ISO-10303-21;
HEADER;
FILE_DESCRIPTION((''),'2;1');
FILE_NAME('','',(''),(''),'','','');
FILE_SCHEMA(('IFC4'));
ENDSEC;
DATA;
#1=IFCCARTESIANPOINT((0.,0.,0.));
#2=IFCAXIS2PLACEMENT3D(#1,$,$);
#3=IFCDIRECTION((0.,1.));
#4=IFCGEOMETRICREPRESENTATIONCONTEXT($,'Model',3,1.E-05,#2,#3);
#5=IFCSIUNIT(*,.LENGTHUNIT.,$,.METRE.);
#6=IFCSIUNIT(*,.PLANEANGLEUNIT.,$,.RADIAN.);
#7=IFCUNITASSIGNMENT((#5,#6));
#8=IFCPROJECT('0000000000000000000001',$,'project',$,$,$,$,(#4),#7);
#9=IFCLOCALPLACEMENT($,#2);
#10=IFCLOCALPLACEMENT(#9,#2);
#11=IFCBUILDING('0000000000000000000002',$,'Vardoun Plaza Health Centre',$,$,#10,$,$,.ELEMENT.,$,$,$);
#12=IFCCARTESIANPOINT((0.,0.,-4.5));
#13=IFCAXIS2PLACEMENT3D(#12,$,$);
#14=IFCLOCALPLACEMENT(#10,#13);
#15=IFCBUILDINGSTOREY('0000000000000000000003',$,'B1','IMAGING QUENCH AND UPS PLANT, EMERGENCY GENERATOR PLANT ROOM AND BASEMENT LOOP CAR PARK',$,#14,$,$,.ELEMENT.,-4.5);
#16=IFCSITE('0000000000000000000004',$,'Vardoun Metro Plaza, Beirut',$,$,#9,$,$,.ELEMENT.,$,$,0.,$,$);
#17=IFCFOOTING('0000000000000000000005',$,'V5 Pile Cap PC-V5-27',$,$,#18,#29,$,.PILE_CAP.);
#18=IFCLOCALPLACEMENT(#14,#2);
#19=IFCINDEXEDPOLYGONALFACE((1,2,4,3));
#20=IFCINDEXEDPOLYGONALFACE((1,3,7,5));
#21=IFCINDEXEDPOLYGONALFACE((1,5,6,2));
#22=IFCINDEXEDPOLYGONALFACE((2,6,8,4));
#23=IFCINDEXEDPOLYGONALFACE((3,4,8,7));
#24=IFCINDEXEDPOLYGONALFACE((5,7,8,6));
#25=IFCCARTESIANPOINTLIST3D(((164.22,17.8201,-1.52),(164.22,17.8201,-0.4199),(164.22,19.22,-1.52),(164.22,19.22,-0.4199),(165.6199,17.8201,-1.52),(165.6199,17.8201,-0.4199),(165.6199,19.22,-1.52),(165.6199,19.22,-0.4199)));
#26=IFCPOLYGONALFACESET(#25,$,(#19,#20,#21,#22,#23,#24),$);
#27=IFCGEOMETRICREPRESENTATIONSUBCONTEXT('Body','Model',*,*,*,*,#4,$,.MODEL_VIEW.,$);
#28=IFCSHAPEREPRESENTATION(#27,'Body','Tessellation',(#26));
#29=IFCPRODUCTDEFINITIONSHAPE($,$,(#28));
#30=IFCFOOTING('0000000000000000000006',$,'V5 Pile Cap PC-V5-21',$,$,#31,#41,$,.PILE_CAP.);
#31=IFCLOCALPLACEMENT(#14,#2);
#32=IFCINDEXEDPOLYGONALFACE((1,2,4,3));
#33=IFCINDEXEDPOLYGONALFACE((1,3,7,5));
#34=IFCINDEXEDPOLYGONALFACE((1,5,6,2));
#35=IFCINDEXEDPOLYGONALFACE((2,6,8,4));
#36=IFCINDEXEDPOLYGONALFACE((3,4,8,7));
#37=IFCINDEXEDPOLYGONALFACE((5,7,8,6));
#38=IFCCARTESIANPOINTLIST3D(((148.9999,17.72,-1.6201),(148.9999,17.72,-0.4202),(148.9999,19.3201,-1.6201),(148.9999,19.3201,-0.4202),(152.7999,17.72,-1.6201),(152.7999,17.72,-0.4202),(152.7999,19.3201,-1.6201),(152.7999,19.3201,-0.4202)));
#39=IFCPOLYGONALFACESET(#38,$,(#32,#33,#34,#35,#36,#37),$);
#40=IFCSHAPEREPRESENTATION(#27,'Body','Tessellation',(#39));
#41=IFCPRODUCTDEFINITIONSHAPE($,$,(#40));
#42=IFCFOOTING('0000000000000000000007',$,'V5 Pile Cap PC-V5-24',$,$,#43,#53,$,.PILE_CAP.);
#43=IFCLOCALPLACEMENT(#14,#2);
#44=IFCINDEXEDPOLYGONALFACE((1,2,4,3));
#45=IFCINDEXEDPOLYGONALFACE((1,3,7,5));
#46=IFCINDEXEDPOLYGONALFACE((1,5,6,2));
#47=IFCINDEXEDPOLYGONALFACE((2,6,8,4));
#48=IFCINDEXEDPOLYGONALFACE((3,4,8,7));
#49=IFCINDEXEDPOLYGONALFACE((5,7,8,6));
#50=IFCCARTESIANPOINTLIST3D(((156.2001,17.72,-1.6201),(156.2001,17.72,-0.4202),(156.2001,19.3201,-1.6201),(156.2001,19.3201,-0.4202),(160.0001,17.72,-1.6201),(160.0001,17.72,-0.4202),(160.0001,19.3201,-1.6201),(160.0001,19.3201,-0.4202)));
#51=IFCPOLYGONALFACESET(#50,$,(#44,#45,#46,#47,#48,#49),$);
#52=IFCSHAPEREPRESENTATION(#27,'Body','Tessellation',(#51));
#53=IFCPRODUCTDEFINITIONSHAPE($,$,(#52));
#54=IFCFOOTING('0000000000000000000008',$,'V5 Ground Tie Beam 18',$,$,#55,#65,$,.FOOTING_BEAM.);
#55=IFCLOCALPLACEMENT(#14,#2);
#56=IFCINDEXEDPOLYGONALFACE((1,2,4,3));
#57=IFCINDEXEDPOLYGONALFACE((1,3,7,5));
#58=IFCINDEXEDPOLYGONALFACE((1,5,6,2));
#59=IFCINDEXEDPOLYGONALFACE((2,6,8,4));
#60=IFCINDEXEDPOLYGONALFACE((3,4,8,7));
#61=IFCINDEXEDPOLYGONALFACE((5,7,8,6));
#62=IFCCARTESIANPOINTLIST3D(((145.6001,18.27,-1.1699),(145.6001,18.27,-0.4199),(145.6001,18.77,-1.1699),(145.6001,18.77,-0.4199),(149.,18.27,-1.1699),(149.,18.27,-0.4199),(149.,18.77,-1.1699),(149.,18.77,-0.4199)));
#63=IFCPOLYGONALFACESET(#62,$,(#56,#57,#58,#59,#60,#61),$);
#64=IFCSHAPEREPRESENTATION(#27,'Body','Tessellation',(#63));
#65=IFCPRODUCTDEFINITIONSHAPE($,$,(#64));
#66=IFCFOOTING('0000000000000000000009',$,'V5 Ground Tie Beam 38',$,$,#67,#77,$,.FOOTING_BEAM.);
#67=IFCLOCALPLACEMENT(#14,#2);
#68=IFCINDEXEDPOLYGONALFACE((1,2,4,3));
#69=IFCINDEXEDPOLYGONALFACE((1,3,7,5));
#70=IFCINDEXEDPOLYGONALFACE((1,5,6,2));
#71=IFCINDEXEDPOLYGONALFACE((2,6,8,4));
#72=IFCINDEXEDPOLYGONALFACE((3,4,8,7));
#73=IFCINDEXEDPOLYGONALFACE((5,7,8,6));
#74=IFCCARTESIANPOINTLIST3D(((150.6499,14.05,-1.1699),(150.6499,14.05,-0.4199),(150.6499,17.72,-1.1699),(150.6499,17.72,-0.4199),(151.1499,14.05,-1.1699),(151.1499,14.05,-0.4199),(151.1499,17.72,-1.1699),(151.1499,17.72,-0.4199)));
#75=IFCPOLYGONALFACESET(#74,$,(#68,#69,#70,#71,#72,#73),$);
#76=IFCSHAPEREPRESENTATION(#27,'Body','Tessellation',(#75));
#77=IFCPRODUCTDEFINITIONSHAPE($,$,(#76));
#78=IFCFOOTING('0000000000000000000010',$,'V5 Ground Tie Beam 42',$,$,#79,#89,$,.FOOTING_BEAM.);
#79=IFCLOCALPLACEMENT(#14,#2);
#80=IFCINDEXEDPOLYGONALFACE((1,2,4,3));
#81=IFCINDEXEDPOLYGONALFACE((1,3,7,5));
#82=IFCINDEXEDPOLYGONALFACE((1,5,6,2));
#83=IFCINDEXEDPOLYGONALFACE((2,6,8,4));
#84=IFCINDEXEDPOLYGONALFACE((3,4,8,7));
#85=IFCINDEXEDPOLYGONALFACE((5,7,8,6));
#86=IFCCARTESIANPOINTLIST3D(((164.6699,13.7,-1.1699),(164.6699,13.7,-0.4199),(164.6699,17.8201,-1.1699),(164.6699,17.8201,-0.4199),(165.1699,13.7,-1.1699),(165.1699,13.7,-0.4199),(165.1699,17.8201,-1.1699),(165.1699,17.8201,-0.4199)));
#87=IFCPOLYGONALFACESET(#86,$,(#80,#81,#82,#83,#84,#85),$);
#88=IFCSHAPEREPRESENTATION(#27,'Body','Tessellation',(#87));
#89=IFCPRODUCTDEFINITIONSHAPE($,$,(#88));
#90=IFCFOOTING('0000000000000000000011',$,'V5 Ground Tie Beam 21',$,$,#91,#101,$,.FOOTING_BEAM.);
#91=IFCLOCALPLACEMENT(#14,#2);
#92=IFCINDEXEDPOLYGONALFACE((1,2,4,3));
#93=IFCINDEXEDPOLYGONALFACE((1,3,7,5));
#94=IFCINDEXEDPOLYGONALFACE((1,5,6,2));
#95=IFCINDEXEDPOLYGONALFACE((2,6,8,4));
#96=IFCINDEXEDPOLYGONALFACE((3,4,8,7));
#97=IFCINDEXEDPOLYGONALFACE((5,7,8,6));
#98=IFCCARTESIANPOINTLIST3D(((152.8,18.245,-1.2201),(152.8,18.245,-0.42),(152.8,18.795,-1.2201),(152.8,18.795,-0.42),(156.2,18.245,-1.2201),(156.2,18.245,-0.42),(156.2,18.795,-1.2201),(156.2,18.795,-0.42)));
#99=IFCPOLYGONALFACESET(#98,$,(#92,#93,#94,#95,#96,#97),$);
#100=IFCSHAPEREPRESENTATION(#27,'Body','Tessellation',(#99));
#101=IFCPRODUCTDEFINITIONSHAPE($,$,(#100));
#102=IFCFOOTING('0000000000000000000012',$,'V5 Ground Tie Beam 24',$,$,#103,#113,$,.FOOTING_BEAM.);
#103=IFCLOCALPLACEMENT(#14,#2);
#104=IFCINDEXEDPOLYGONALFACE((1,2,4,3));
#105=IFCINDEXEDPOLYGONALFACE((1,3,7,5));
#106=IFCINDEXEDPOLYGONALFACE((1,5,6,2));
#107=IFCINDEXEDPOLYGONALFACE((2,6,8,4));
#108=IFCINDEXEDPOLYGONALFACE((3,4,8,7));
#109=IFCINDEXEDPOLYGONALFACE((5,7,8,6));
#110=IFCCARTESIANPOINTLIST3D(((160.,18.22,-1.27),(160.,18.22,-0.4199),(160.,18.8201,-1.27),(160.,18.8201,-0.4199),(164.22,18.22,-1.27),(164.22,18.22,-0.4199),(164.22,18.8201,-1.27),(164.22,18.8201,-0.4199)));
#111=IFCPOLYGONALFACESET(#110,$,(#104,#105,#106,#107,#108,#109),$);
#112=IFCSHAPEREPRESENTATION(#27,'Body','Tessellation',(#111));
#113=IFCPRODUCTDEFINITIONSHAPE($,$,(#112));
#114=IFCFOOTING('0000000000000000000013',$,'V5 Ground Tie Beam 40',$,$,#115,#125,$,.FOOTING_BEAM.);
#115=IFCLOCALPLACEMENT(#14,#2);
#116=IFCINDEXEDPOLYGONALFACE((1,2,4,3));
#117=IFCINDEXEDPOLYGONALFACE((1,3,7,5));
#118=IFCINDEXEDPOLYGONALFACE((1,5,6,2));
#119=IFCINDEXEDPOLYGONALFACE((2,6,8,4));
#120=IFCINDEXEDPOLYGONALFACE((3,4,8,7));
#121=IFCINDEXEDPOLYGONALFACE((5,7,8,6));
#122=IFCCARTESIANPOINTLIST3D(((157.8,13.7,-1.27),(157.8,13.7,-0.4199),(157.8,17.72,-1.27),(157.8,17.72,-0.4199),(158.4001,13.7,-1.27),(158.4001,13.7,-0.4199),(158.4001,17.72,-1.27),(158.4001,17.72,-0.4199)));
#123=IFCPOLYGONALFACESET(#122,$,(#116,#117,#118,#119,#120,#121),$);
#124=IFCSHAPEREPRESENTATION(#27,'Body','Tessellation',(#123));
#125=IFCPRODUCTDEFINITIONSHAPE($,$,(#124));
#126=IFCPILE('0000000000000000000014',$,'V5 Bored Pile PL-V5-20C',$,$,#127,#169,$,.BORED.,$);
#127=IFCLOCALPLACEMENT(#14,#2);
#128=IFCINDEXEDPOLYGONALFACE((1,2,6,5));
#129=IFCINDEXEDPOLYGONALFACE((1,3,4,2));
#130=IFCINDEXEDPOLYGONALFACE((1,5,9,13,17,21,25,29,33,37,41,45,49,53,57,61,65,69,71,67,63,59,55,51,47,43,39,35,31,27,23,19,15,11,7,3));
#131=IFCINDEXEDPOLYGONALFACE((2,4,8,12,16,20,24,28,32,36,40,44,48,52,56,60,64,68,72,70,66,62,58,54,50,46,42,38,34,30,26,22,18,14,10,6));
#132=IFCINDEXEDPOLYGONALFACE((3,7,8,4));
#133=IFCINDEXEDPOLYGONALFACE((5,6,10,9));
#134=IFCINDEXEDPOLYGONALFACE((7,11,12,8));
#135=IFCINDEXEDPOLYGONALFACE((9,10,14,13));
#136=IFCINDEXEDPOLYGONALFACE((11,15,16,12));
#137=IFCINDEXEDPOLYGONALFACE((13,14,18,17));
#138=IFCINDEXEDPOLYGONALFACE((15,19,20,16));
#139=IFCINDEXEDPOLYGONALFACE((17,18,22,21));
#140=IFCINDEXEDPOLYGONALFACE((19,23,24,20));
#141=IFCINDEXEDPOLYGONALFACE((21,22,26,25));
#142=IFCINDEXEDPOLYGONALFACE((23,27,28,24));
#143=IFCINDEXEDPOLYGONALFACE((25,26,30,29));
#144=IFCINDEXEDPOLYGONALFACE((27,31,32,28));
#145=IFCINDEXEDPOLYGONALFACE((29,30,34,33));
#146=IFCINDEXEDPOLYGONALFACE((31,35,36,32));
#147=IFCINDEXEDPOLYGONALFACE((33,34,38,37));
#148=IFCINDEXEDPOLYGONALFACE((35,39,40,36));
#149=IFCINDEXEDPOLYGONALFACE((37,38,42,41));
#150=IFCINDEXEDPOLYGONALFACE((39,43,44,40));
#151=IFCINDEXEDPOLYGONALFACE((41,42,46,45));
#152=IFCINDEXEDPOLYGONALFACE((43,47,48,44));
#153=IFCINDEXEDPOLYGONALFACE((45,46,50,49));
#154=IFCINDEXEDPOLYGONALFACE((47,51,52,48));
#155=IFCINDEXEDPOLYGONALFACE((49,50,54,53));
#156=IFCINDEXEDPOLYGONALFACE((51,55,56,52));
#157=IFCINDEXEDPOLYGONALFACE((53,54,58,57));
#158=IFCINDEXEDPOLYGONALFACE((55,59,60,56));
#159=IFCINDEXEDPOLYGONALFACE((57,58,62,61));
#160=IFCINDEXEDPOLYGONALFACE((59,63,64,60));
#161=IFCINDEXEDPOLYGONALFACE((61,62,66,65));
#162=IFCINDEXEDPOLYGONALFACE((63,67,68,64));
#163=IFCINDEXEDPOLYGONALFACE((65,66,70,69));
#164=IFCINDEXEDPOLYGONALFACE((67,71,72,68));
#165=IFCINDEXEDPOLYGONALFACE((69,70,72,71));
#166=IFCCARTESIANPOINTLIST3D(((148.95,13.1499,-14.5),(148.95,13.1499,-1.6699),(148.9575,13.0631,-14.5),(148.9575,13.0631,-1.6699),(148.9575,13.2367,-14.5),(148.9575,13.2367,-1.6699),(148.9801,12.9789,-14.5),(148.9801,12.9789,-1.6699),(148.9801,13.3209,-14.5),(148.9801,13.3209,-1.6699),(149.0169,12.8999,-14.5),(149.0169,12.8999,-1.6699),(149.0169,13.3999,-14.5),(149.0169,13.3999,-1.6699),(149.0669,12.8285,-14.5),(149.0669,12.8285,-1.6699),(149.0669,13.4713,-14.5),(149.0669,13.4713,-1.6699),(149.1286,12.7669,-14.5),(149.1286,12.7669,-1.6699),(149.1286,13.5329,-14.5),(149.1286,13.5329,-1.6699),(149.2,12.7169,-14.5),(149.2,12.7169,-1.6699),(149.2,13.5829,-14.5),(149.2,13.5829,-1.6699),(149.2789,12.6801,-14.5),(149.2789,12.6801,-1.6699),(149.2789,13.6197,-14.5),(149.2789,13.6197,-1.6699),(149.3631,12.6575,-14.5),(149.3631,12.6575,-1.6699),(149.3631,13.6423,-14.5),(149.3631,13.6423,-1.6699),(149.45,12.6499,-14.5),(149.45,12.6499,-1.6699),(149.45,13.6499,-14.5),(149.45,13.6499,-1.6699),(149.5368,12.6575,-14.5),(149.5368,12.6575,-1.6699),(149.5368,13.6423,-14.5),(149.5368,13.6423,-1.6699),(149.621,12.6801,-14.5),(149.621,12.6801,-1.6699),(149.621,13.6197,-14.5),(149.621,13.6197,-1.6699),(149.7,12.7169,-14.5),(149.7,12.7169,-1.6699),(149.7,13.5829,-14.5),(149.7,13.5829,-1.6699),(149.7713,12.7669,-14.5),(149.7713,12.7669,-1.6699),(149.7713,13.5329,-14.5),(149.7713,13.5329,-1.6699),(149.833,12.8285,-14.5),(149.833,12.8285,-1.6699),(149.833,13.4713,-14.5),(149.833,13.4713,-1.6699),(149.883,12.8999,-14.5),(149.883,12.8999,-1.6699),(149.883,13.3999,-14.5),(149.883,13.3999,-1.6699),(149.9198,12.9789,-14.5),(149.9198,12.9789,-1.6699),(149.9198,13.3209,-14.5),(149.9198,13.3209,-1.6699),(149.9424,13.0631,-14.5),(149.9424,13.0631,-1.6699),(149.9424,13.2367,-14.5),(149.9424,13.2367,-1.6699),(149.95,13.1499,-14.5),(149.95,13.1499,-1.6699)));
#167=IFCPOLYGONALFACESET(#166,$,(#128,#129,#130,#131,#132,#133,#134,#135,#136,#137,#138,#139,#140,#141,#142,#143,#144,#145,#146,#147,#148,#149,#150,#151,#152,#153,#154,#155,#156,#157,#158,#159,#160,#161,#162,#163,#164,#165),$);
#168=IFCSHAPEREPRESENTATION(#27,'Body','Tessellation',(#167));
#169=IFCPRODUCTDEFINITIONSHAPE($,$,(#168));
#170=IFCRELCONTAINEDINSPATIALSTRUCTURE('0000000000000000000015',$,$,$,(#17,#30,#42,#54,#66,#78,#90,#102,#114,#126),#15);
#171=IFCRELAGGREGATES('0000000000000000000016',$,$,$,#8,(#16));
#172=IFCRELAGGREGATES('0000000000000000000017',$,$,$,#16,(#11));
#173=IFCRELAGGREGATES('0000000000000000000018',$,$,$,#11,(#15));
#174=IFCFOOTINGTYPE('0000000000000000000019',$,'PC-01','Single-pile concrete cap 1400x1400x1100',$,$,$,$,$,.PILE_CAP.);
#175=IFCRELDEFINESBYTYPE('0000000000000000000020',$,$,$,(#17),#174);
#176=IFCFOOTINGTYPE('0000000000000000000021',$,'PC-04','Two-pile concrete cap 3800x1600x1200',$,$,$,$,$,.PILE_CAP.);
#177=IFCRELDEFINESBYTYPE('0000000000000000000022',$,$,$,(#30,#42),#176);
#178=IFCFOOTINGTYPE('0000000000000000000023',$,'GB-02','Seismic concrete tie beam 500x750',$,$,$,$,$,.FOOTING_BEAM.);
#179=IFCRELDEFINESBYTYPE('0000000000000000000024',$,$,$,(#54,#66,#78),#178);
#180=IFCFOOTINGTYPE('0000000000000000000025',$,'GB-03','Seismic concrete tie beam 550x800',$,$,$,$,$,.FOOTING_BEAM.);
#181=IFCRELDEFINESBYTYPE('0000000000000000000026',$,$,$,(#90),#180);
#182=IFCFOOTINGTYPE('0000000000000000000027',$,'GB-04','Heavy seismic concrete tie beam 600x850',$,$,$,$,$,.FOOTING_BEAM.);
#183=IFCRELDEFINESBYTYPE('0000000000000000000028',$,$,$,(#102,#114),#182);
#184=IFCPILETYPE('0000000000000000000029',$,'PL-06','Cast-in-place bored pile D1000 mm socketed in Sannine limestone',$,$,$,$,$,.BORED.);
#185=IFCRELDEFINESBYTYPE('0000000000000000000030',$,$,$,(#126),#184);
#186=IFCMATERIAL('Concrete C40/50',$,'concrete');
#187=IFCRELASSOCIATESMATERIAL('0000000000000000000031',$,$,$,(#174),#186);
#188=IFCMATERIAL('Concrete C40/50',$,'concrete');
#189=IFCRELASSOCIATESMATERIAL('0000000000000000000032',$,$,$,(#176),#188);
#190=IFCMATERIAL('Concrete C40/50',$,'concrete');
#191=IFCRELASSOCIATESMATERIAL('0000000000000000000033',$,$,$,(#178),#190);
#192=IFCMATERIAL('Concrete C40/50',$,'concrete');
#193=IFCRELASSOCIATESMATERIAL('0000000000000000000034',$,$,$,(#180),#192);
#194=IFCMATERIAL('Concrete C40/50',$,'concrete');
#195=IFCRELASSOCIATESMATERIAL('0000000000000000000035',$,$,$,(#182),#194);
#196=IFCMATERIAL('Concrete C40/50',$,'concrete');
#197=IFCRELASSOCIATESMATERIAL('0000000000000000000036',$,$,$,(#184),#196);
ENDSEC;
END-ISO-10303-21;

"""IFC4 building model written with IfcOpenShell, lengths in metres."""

from ifc_helpers import new_model, si_unit, direction, frame, origin, origin_2d, place, context, subcontext, project, spatial, rectangle, circle, extrude, material, material_profile, profile_set, type_object, element, save


model = new_model("IFC4")

# Units and contexts
model_context = context("Model", 3, precision=1e-05, world=origin(), true_north=direction((0.0, 1.0)))
body_context = subcontext(model_context, "Body", "Model", "MODEL_VIEW")
ifc_project = project(units=[si_unit("LENGTHUNIT", "METRE"), si_unit("PLANEANGLEUNIT", "RADIAN")], contexts=[model_context])

# Site, building, storey
site_placement = place(None, origin())
site = spatial("IfcSite", under=ifc_project, at=site_placement, Name="Vardoun Metro Plaza, Beirut", CompositionType="ELEMENT", RefElevation=0.0)
building_placement = place(site_placement, origin())
building = spatial("IfcBuilding", under=site, at=building_placement, Name="Vardoun Plaza Health Centre", CompositionType="ELEMENT")
storey_placement = place(building_placement, frame((0.0, 0.0, -4.5)))
storey = spatial("IfcBuildingStorey", under=building, at=storey_placement, Name="B1", Description="IMAGING QUENCH AND UPS PLANT, EMERGENCY GENERATOR PLANT ROOM AND BASEMENT LOOP CAR PARK", CompositionType="ELEMENT", Elevation=-4.5)

# Footings
ifc_material_1 = material(Name="Concrete C40/50", Category="concrete")
footing_type_1 = type_object("IfcFootingType", Name="PC-01", Description="Single-pile concrete cap 1400x1400x1100", PredefinedType="PILE_CAP", material=ifc_material_1)
footing_1_placement = place(storey_placement, frame((164.9199, 18.52, -1.52), z_axis=(0.0, 0.0, 1.0), x_axis=(1.0, 0.0, 0.0)))
element("IfcFooting", 1, at=footing_1_placement, inside=storey, type_object=footing_type_1, Name="V5 Pile Cap PC-V5-27", PredefinedType="PILE_CAP", context=body_context, shape_type="SweptSolid", body=[
    extrude(rectangle(XDim=1.3999, YDim=1.3999, at=origin_2d()), origin(), (0.0, 0.0, 1.0), 1.1001),
])
ifc_material_2 = material(Name="Concrete C40/50", Category="concrete")
footing_type_2 = type_object("IfcFootingType", Name="PC-04", Description="Two-pile concrete cap 3800x1600x1200", PredefinedType="PILE_CAP", material=ifc_material_2)
for number, where, z_axis, x_axis, name in (
    (2, (150.8999, 18.52, -1.6201), (0.0, 0.0, 1.0), (1.0, 0.0, 0.0), "V5 Pile Cap PC-V5-21"),
    (3, (158.1001, 18.52, -1.6201), (0.0, 0.0, 1.0), (1.0, 0.0, 0.0), "V5 Pile Cap PC-V5-24"),
):
    element("IfcFooting", number, at=place(storey_placement, frame(where, z_axis=z_axis, x_axis=x_axis)), inside=storey, type_object=footing_type_2, Name=name, PredefinedType="PILE_CAP", context=body_context, shape_type="SweptSolid", body=[
        extrude(rectangle(XDim=3.8, YDim=1.6001, at=origin_2d()), origin(), (0.0, 0.0, 1.0), 1.2),
    ])
ifc_material_3 = material(Name="Concrete C40/50", Category="concrete")
ifc_material_profile_1 = material_profile(ifc_material_3, rectangle(XDim=0.5, YDim=0.75, at=origin_2d()), Name="GB 500x750")
ifc_profile_set_1 = profile_set([ifc_material_profile_1], Name="Concrete C40/50")
footing_type_3 = type_object("IfcFootingType", Name="GB-02", Description="Seismic concrete tie beam 500x750", PredefinedType="FOOTING_BEAM", material=ifc_profile_set_1)
footing_2_placement = place(storey_placement, frame((145.6001, 18.52, -0.7949), z_axis=(1.0, 0.0, 0.0), x_axis=(0.0, 1.0, 0.0)))
element("IfcFooting", 4, at=footing_2_placement, inside=storey, type_object=footing_type_3, Name="V5 Ground Tie Beam 18", PredefinedType="FOOTING_BEAM", context=body_context, shape_type="SweptSolid", body=[
    extrude(rectangle(XDim=0.5, YDim=0.75, at=origin_2d()), origin(), (0.0, 0.0, 1.0), 3.3999),
])
footing_3_placement = place(storey_placement, frame((150.8999, 14.05, -0.7949), z_axis=(0.0, 1.0, 0.0), x_axis=(-1.0, 0.0, 0.0)))
element("IfcFooting", 5, at=footing_3_placement, inside=storey, type_object=footing_type_3, Name="V5 Ground Tie Beam 38", PredefinedType="FOOTING_BEAM", context=body_context, shape_type="SweptSolid", body=[
    extrude(rectangle(XDim=0.5, YDim=0.75, at=origin_2d()), origin(), (0.0, 0.0, 1.0), 3.6699),
])
footing_4_placement = place(storey_placement, frame((164.9199, 13.7, -0.7949), z_axis=(0.0, 1.0, 0.0), x_axis=(-1.0, 0.0, 0.0)))
element("IfcFooting", 6, at=footing_4_placement, inside=storey, type_object=footing_type_3, Name="V5 Ground Tie Beam 42", PredefinedType="FOOTING_BEAM", context=body_context, shape_type="SweptSolid", body=[
    extrude(rectangle(XDim=0.5, YDim=0.75, at=origin_2d()), origin(), (0.0, 0.0, 1.0), 4.1201),
])
ifc_material_4 = material(Name="Concrete C40/50", Category="concrete")
ifc_material_profile_2 = material_profile(ifc_material_4, rectangle(XDim=0.55, YDim=0.8, at=origin_2d()), Name="GB 550x800")
ifc_profile_set_2 = profile_set([ifc_material_profile_2], Name="Concrete C40/50")
footing_type_4 = type_object("IfcFootingType", Name="GB-03", Description="Seismic concrete tie beam 550x800", PredefinedType="FOOTING_BEAM", material=ifc_profile_set_2)
footing_5_placement = place(storey_placement, frame((152.8, 18.52, -0.8201), z_axis=(1.0, 0.0, 0.0), x_axis=(0.0, 1.0, 0.0)))
element("IfcFooting", 7, at=footing_5_placement, inside=storey, type_object=footing_type_4, Name="V5 Ground Tie Beam 21", PredefinedType="FOOTING_BEAM", context=body_context, shape_type="SweptSolid", body=[
    extrude(rectangle(XDim=0.55, YDim=0.8, at=origin_2d()), origin(), (0.0, 0.0, 1.0), 3.3999),
])
ifc_material_5 = material(Name="Concrete C40/50", Category="concrete")
ifc_material_profile_3 = material_profile(ifc_material_5, rectangle(XDim=0.6001, YDim=0.8501, at=origin_2d()), Name="GB 600x850")
ifc_profile_set_3 = profile_set([ifc_material_profile_3], Name="Concrete C40/50")
footing_type_5 = type_object("IfcFootingType", Name="GB-04", Description="Heavy seismic concrete tie beam 600x850", PredefinedType="FOOTING_BEAM", material=ifc_profile_set_3)
footing_6_placement = place(storey_placement, frame((160.0, 18.52, -0.845), z_axis=(1.0, 0.0, 0.0), x_axis=(0.0, 1.0, 0.0)))
element("IfcFooting", 8, at=footing_6_placement, inside=storey, type_object=footing_type_5, Name="V5 Ground Tie Beam 24", PredefinedType="FOOTING_BEAM", context=body_context, shape_type="SweptSolid", body=[
    extrude(rectangle(XDim=0.6001, YDim=0.8501, at=origin_2d()), origin(), (0.0, 0.0, 1.0), 4.22),
])
footing_7_placement = place(storey_placement, frame((158.1001, 13.7, -0.845), z_axis=(0.0, 1.0, 0.0), x_axis=(-1.0, 0.0, 0.0)))
element("IfcFooting", 9, at=footing_7_placement, inside=storey, type_object=footing_type_5, Name="V5 Ground Tie Beam 40", PredefinedType="FOOTING_BEAM", context=body_context, shape_type="SweptSolid", body=[
    extrude(rectangle(XDim=0.6001, YDim=0.8501, at=origin_2d()), origin(), (0.0, 0.0, 1.0), 4.02),
])

# Pile
ifc_material_6 = material(Name="Concrete C40/50", Category="concrete")
ifc_material_profile_4 = material_profile(ifc_material_6, circle(Radius=0.5, at=origin_2d()), Name="PILE D1000")
ifc_profile_set_4 = profile_set([ifc_material_profile_4], Name="Concrete C40/50")
pile_type_1 = type_object("IfcPileType", Name="PL-06", Description="Cast-in-place bored pile D1000 mm socketed in Sannine limestone", PredefinedType="BORED", material=ifc_profile_set_4)
for number, where, z_axis, x_axis, name in (
    (10, (149.45, 13.1499, -1.6699), (0.0, 0.0, -1.0), (1.0, 0.0, 0.0), "V5 Bored Pile PL-V5-20C"),
):
    element("IfcPile", number, at=place(storey_placement, frame(where, z_axis=z_axis, x_axis=x_axis)), inside=storey, type_object=pile_type_1, Name=name, PredefinedType="BORED", context=body_context, shape_type="SweptSolid", body=[
        extrude(circle(Radius=0.5, at=origin_2d()), origin(), (0.0, 0.0, 1.0), 12.8301),
    ])

save(model, "model.ifc")
